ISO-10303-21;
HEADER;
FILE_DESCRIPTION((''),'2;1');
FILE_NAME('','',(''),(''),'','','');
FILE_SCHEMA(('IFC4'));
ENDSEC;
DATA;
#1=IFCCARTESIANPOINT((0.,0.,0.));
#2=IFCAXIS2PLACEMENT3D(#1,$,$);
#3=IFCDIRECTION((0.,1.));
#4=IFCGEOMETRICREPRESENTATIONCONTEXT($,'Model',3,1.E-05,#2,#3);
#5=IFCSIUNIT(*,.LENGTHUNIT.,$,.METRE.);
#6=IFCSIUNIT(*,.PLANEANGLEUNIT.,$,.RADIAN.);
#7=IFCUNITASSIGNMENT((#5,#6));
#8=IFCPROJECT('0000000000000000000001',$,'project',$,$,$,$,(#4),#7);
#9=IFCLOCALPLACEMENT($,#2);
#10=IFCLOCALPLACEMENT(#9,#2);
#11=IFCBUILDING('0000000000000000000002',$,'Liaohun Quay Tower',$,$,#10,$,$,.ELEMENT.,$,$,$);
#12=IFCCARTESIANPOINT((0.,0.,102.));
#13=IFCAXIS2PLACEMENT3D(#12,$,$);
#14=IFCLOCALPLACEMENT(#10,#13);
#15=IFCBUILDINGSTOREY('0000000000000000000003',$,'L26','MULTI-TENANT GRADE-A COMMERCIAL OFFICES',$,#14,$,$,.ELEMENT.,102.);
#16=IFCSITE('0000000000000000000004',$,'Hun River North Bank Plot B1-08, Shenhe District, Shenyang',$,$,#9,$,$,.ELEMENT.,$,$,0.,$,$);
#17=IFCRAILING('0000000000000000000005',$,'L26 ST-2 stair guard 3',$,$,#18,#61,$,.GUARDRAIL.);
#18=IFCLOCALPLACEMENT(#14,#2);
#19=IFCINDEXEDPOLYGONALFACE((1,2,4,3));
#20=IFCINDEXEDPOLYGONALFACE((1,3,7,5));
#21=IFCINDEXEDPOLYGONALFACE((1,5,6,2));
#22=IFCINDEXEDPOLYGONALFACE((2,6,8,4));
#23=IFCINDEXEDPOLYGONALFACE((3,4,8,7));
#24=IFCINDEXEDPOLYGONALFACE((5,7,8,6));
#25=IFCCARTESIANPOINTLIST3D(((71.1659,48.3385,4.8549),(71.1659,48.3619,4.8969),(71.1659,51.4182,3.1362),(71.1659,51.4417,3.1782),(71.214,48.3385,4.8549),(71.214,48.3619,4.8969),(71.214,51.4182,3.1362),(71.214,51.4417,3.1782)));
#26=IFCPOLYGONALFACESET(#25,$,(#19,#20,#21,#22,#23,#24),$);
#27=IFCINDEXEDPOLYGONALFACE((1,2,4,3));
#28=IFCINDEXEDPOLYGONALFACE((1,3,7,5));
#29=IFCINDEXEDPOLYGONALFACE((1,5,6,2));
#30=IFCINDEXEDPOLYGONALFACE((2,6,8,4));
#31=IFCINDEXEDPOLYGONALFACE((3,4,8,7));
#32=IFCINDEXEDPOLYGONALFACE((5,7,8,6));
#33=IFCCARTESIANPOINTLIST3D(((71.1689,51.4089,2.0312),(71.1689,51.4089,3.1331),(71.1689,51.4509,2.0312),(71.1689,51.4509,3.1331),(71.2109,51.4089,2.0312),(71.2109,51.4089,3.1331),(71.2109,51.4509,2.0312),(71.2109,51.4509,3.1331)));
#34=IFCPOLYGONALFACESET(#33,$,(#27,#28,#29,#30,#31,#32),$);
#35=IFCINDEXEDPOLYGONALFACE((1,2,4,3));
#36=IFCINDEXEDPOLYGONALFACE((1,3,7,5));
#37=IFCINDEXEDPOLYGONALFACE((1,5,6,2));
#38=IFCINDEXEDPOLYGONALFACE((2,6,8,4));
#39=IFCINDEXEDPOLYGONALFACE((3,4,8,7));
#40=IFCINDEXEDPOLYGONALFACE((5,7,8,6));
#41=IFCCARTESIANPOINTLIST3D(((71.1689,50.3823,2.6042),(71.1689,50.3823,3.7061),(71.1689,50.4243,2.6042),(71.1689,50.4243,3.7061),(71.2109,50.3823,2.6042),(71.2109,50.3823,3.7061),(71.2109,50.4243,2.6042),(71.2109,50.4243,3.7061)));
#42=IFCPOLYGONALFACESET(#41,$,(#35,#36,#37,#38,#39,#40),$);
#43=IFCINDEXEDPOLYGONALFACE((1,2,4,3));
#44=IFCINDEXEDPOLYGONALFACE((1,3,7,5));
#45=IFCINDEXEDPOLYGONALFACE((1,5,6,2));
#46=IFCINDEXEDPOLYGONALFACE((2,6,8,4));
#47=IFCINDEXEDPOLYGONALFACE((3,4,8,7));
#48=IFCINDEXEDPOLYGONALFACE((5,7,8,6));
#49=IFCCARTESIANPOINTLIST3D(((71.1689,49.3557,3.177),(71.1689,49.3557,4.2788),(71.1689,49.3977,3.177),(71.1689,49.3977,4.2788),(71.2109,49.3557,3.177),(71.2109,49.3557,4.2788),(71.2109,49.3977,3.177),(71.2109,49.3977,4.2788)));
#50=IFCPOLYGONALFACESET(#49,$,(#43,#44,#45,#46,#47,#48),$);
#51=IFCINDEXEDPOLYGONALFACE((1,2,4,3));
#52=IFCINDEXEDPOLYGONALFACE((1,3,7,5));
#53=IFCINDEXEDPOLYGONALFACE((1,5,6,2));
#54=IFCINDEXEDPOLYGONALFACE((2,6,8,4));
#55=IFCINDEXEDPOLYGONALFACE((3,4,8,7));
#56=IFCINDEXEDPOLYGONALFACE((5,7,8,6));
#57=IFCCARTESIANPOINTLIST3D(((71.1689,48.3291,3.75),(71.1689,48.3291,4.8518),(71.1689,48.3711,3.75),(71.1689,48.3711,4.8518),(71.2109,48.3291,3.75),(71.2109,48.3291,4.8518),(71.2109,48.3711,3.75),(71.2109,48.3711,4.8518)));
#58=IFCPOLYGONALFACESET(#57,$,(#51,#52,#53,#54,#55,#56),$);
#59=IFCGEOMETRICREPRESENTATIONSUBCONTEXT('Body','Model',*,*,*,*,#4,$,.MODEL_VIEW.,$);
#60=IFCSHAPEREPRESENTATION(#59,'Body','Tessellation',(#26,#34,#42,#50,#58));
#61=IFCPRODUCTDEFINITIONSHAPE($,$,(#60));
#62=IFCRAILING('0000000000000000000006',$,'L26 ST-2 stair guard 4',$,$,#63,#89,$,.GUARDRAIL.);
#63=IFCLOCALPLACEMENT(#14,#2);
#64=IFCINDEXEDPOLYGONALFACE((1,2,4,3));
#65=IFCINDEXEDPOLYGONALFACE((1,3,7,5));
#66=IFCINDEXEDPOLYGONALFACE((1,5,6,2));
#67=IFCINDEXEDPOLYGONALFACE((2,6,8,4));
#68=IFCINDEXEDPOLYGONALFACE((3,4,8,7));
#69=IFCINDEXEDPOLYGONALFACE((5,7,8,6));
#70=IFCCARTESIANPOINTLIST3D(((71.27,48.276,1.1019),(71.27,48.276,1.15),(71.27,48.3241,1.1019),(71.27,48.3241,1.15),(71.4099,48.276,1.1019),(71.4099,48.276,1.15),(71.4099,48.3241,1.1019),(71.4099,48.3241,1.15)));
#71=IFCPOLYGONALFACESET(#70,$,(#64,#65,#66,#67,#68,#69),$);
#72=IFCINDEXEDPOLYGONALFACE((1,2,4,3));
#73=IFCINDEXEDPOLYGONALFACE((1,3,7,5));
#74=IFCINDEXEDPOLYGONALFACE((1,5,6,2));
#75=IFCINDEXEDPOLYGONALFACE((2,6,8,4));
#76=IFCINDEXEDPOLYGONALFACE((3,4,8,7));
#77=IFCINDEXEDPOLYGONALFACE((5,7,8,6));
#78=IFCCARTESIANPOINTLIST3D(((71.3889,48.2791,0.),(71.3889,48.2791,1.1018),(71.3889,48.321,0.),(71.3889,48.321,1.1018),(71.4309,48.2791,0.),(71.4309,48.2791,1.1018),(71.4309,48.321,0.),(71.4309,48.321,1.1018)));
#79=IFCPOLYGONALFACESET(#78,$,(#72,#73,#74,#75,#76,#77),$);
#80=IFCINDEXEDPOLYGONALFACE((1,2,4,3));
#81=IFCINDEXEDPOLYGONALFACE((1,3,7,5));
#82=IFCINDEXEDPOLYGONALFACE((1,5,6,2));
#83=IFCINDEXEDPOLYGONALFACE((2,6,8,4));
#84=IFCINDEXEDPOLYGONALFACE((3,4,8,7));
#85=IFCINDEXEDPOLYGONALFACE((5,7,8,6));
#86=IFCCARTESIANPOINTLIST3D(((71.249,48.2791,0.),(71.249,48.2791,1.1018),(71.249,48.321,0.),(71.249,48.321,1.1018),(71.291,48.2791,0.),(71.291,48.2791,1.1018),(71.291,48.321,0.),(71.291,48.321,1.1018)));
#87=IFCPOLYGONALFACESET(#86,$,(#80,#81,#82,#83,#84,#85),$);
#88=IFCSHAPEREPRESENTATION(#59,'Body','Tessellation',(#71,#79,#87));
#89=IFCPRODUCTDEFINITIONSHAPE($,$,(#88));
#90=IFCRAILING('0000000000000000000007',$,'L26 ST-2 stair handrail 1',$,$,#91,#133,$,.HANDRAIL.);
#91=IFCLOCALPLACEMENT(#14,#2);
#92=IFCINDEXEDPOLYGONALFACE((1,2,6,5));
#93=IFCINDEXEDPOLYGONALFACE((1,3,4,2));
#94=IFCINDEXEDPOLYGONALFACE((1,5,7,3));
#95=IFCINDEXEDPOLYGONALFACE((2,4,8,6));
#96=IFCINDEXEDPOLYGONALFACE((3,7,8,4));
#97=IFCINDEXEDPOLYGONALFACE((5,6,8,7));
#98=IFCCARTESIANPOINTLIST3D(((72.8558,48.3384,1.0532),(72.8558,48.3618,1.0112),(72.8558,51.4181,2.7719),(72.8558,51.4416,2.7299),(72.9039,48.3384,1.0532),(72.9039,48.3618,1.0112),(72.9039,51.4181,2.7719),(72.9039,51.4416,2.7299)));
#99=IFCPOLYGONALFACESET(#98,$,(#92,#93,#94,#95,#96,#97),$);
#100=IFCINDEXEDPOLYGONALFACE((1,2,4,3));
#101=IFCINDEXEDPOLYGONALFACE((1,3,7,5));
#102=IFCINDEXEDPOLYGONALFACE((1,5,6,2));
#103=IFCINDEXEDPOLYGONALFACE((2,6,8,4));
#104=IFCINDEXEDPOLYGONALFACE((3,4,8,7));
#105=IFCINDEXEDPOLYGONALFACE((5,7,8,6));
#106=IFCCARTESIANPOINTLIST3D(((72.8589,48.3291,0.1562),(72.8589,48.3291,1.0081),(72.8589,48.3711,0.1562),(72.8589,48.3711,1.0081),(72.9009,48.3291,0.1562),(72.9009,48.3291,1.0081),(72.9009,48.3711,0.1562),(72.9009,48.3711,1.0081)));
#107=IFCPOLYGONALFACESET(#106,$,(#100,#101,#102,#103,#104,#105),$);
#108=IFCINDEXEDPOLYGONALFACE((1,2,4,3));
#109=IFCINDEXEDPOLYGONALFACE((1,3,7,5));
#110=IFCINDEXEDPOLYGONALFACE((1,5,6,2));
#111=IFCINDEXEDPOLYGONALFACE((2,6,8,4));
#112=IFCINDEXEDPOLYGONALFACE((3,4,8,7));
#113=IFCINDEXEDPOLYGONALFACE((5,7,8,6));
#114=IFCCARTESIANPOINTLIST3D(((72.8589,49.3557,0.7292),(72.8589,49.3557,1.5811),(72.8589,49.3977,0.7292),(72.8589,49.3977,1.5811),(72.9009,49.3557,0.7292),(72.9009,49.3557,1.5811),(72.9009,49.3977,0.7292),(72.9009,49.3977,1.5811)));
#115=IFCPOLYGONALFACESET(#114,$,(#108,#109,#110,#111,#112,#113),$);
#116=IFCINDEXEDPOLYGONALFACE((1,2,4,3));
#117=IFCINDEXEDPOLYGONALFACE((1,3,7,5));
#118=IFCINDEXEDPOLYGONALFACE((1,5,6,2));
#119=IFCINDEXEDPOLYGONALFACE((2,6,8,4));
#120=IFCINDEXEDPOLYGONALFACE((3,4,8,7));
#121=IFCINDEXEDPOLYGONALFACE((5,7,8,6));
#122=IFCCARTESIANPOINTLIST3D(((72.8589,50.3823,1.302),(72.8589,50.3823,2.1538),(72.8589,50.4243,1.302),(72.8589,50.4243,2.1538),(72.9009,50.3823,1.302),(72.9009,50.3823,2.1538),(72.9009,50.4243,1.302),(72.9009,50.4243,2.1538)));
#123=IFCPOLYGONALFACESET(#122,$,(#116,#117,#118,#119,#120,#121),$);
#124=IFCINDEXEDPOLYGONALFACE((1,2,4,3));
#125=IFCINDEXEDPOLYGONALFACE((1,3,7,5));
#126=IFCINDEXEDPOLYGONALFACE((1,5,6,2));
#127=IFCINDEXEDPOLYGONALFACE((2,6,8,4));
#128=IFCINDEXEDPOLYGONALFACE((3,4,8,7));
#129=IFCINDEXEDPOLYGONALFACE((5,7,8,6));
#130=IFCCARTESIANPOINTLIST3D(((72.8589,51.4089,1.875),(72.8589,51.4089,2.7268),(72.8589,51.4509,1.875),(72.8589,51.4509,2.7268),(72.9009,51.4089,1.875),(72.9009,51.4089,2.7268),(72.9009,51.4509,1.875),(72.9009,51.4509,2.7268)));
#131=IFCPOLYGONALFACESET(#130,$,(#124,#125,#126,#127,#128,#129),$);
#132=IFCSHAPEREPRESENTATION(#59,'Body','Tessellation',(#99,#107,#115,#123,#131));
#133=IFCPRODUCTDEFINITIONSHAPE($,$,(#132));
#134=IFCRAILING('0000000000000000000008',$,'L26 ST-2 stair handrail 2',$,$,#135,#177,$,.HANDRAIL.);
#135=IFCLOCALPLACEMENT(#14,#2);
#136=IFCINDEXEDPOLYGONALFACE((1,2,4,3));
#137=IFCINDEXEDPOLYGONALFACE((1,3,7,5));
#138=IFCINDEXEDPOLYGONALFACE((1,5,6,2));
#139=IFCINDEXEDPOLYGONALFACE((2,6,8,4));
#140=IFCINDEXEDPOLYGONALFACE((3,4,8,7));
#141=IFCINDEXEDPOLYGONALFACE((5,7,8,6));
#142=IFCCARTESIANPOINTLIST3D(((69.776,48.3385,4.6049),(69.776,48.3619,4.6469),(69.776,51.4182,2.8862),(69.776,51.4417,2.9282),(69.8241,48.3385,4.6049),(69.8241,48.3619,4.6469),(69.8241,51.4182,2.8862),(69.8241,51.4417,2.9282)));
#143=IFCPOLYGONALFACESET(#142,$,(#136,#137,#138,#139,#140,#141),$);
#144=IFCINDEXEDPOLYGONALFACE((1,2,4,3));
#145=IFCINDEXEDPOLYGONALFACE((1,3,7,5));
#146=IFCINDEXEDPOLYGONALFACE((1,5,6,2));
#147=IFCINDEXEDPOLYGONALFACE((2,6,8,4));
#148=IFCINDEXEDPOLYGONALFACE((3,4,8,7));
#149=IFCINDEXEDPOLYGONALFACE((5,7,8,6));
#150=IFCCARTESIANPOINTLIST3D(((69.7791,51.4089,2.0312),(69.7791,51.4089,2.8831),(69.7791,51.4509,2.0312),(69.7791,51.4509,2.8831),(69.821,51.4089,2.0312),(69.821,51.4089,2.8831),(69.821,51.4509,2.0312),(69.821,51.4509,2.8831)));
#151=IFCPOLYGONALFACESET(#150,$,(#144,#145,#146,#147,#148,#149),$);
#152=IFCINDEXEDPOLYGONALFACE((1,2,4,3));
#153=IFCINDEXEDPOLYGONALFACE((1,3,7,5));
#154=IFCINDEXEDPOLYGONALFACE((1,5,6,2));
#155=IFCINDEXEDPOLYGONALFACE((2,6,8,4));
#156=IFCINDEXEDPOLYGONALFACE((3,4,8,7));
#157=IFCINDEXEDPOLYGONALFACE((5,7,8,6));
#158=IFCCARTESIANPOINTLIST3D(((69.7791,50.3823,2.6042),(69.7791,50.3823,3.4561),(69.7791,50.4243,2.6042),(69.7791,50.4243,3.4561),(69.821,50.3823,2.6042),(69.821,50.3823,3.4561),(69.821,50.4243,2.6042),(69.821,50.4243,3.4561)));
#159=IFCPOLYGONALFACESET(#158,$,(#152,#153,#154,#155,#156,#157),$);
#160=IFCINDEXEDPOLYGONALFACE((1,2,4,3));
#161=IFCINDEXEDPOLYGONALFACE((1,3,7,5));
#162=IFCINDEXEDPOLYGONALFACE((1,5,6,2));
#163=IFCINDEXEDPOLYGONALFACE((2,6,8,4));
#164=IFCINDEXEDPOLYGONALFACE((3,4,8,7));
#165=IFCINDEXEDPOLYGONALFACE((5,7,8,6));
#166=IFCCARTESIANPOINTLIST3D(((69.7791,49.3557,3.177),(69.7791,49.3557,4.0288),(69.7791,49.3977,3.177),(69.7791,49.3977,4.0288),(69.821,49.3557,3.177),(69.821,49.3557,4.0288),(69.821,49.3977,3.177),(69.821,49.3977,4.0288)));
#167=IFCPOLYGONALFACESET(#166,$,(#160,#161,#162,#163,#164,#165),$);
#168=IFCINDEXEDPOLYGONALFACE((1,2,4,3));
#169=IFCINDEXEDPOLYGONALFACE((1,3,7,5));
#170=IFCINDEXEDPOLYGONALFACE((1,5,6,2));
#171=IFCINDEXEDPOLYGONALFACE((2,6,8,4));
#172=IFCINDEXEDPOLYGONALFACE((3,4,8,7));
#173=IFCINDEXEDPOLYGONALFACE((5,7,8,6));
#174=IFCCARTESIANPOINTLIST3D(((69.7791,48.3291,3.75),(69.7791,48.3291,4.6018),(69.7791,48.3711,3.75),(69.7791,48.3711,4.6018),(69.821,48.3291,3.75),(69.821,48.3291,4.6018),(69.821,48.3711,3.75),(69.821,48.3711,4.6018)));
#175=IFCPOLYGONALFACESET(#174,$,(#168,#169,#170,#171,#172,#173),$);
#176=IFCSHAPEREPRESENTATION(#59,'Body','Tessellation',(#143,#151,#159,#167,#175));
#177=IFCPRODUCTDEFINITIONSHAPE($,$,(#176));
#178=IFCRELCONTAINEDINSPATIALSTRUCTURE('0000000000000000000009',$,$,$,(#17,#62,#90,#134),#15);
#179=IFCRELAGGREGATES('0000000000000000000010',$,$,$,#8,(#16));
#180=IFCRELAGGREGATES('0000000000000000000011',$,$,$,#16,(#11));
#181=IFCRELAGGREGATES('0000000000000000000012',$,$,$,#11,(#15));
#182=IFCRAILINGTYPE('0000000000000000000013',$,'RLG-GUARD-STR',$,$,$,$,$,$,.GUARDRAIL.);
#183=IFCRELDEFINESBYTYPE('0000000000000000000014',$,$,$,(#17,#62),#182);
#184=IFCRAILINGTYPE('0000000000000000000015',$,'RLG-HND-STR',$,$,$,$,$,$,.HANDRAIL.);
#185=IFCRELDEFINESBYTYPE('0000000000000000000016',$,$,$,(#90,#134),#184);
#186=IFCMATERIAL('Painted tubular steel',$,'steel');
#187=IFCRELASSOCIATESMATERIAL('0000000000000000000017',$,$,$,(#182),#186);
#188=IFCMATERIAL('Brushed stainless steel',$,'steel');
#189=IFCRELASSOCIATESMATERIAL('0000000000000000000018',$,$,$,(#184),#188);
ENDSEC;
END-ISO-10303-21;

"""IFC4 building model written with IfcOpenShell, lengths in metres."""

from ifc_helpers import new_model, si_unit, direction, frame, origin, origin_2d, place, context, subcontext, project, spatial, rectangle, extrude, material, type_object, element, save


model = new_model("IFC4")

# Units and contexts
model_context = context("Model", 3, precision=1e-05, world=origin(), true_north=direction((0.0, 1.0)))
body_context = subcontext(model_context, "Body", "Model", "MODEL_VIEW")
ifc_project = project(units=[si_unit("LENGTHUNIT", "METRE"), si_unit("PLANEANGLEUNIT", "RADIAN")], contexts=[model_context])

# Site, building, storey
site_placement = place(None, origin())
site = spatial("IfcSite", under=ifc_project, at=site_placement, Name="Hun River North Bank Plot B1-08, Shenhe District, Shenyang", CompositionType="ELEMENT", RefElevation=0.0)
building_placement = place(site_placement, origin())
building = spatial("IfcBuilding", under=site, at=building_placement, Name="Liaohun Quay Tower", CompositionType="ELEMENT")
storey_placement = place(building_placement, frame((0.0, 0.0, 102.0)))
storey = spatial("IfcBuildingStorey", under=building, at=storey_placement, Name="L26", Description="MULTI-TENANT GRADE-A COMMERCIAL OFFICES", CompositionType="ELEMENT", Elevation=102.0)

# Railings
ifc_material_1 = material(Name="Painted tubular steel", Category="steel")
railing_type_1 = type_object("IfcRailingType", Name="RLG-GUARD-STR", PredefinedType="GUARDRAIL", material=ifc_material_1)
railing_1_placement = place(storey_placement, frame((71.1899, 51.4299, 2.0312)))
element("IfcRailing", 1, at=railing_1_placement, inside=storey, type_object=railing_type_1, Name="L26 ST-2 stair guard 3", PredefinedType="GUARDRAIL", context=body_context, shape_type="SweptSolid", body=[
    extrude(rectangle(XDim=0.0481, YDim=0.0481, at=origin_2d()), frame((0.0, 0.0, 1.126), z_axis=(0.0, -0.873225, 0.487317), x_axis=(1.0, 0.0, 0.0)), (0.0, 0.0, 1.0), 3.5269),
    extrude(rectangle(XDim=0.042, YDim=0.042, at=origin_2d()), origin(), (0.0, 0.0, 1.0), 1.1018),
    extrude(rectangle(XDim=0.042, YDim=0.042, at=origin_2d()), frame((0.0, -1.0266, 0.573)), (0.0, 0.0, 1.0), 1.1018),
    extrude(rectangle(XDim=0.042, YDim=0.042, at=origin_2d()), frame((0.0, -2.0532, 1.1458)), (0.0, 0.0, 1.0), 1.1018),
    extrude(rectangle(XDim=0.042, YDim=0.042, at=origin_2d()), frame((0.0, -3.0798, 1.7188)), (0.0, 0.0, 1.0), 1.1018),
])
railing_2_placement = place(storey_placement, frame((71.4099, 48.3, 0.0)))
element("IfcRailing", 2, at=railing_2_placement, inside=storey, type_object=railing_type_1, Name="L26 ST-2 stair guard 4", PredefinedType="GUARDRAIL", context=body_context, shape_type="SweptSolid", body=[
    extrude(rectangle(XDim=0.0481, YDim=0.0481, at=origin_2d()), frame((0.0, 0.0, 1.126), z_axis=(-1.0, 0.0, 0.0), x_axis=(0.0, -1.0, 0.0)), (0.0, 0.0, 1.0), 0.1399),
    extrude(rectangle(XDim=0.042, YDim=0.042, at=origin_2d()), origin(), (0.0, 0.0, 1.0), 1.1018),
    extrude(rectangle(XDim=0.042, YDim=0.042, at=origin_2d()), frame((-0.1399, 0.0, 0.0)), (0.0, 0.0, 1.0), 1.1018),
])
ifc_material_2 = material(Name="Brushed stainless steel", Category="steel")
railing_type_2 = type_object("IfcRailingType", Name="RLG-HND-STR", PredefinedType="HANDRAIL", material=ifc_material_2)
railing_3_placement = place(storey_placement, frame((72.8799, 48.3501, 0.1562)))
element("IfcRailing", 3, at=railing_3_placement, inside=storey, type_object=railing_type_2, Name="L26 ST-2 stair handrail 1", PredefinedType="HANDRAIL", context=body_context, shape_type="SweptSolid", body=[
    extrude(rectangle(XDim=0.0481, YDim=0.0481, at=origin_2d()), frame((0.0, 0.0, 0.876), z_axis=(0.0, 0.873225, 0.487317), x_axis=(-1.0, 0.0, 0.0)), (0.0, 0.0, 1.0), 3.5269),
    extrude(rectangle(XDim=0.042, YDim=0.042, at=origin_2d()), origin(), (0.0, 0.0, 1.0), 0.8518),
    extrude(rectangle(XDim=0.042, YDim=0.042, at=origin_2d()), frame((0.0, 1.0266, 0.573)), (0.0, 0.0, 1.0), 0.8518),
    extrude(rectangle(XDim=0.042, YDim=0.042, at=origin_2d()), frame((0.0, 2.0532, 1.1458)), (0.0, 0.0, 1.0), 0.8518),
    extrude(rectangle(XDim=0.042, YDim=0.042, at=origin_2d()), frame((0.0, 3.0798, 1.7188)), (0.0, 0.0, 1.0), 0.8518),
])
railing_4_placement = place(storey_placement, frame((69.8, 51.4299, 2.0312)))
element("IfcRailing", 4, at=railing_4_placement, inside=storey, type_object=railing_type_2, Name="L26 ST-2 stair handrail 2", PredefinedType="HANDRAIL", context=body_context, shape_type="SweptSolid", body=[
    extrude(rectangle(XDim=0.0481, YDim=0.0481, at=origin_2d()), frame((0.0, 0.0, 0.876), z_axis=(0.0, -0.873225, 0.487317), x_axis=(1.0, 0.0, 0.0)), (0.0, 0.0, 1.0), 3.5269),
    extrude(rectangle(XDim=0.042, YDim=0.042, at=origin_2d()), origin(), (0.0, 0.0, 1.0), 0.8518),
    extrude(rectangle(XDim=0.042, YDim=0.042, at=origin_2d()), frame((0.0, -1.0266, 0.573)), (0.0, 0.0, 1.0), 0.8518),
    extrude(rectangle(XDim=0.042, YDim=0.042, at=origin_2d()), frame((0.0, -2.0532, 1.1458)), (0.0, 0.0, 1.0), 0.8518),
    extrude(rectangle(XDim=0.042, YDim=0.042, at=origin_2d()), frame((0.0, -3.0798, 1.7188)), (0.0, 0.0, 1.0), 0.8518),
])

save(model, "model.ifc")
